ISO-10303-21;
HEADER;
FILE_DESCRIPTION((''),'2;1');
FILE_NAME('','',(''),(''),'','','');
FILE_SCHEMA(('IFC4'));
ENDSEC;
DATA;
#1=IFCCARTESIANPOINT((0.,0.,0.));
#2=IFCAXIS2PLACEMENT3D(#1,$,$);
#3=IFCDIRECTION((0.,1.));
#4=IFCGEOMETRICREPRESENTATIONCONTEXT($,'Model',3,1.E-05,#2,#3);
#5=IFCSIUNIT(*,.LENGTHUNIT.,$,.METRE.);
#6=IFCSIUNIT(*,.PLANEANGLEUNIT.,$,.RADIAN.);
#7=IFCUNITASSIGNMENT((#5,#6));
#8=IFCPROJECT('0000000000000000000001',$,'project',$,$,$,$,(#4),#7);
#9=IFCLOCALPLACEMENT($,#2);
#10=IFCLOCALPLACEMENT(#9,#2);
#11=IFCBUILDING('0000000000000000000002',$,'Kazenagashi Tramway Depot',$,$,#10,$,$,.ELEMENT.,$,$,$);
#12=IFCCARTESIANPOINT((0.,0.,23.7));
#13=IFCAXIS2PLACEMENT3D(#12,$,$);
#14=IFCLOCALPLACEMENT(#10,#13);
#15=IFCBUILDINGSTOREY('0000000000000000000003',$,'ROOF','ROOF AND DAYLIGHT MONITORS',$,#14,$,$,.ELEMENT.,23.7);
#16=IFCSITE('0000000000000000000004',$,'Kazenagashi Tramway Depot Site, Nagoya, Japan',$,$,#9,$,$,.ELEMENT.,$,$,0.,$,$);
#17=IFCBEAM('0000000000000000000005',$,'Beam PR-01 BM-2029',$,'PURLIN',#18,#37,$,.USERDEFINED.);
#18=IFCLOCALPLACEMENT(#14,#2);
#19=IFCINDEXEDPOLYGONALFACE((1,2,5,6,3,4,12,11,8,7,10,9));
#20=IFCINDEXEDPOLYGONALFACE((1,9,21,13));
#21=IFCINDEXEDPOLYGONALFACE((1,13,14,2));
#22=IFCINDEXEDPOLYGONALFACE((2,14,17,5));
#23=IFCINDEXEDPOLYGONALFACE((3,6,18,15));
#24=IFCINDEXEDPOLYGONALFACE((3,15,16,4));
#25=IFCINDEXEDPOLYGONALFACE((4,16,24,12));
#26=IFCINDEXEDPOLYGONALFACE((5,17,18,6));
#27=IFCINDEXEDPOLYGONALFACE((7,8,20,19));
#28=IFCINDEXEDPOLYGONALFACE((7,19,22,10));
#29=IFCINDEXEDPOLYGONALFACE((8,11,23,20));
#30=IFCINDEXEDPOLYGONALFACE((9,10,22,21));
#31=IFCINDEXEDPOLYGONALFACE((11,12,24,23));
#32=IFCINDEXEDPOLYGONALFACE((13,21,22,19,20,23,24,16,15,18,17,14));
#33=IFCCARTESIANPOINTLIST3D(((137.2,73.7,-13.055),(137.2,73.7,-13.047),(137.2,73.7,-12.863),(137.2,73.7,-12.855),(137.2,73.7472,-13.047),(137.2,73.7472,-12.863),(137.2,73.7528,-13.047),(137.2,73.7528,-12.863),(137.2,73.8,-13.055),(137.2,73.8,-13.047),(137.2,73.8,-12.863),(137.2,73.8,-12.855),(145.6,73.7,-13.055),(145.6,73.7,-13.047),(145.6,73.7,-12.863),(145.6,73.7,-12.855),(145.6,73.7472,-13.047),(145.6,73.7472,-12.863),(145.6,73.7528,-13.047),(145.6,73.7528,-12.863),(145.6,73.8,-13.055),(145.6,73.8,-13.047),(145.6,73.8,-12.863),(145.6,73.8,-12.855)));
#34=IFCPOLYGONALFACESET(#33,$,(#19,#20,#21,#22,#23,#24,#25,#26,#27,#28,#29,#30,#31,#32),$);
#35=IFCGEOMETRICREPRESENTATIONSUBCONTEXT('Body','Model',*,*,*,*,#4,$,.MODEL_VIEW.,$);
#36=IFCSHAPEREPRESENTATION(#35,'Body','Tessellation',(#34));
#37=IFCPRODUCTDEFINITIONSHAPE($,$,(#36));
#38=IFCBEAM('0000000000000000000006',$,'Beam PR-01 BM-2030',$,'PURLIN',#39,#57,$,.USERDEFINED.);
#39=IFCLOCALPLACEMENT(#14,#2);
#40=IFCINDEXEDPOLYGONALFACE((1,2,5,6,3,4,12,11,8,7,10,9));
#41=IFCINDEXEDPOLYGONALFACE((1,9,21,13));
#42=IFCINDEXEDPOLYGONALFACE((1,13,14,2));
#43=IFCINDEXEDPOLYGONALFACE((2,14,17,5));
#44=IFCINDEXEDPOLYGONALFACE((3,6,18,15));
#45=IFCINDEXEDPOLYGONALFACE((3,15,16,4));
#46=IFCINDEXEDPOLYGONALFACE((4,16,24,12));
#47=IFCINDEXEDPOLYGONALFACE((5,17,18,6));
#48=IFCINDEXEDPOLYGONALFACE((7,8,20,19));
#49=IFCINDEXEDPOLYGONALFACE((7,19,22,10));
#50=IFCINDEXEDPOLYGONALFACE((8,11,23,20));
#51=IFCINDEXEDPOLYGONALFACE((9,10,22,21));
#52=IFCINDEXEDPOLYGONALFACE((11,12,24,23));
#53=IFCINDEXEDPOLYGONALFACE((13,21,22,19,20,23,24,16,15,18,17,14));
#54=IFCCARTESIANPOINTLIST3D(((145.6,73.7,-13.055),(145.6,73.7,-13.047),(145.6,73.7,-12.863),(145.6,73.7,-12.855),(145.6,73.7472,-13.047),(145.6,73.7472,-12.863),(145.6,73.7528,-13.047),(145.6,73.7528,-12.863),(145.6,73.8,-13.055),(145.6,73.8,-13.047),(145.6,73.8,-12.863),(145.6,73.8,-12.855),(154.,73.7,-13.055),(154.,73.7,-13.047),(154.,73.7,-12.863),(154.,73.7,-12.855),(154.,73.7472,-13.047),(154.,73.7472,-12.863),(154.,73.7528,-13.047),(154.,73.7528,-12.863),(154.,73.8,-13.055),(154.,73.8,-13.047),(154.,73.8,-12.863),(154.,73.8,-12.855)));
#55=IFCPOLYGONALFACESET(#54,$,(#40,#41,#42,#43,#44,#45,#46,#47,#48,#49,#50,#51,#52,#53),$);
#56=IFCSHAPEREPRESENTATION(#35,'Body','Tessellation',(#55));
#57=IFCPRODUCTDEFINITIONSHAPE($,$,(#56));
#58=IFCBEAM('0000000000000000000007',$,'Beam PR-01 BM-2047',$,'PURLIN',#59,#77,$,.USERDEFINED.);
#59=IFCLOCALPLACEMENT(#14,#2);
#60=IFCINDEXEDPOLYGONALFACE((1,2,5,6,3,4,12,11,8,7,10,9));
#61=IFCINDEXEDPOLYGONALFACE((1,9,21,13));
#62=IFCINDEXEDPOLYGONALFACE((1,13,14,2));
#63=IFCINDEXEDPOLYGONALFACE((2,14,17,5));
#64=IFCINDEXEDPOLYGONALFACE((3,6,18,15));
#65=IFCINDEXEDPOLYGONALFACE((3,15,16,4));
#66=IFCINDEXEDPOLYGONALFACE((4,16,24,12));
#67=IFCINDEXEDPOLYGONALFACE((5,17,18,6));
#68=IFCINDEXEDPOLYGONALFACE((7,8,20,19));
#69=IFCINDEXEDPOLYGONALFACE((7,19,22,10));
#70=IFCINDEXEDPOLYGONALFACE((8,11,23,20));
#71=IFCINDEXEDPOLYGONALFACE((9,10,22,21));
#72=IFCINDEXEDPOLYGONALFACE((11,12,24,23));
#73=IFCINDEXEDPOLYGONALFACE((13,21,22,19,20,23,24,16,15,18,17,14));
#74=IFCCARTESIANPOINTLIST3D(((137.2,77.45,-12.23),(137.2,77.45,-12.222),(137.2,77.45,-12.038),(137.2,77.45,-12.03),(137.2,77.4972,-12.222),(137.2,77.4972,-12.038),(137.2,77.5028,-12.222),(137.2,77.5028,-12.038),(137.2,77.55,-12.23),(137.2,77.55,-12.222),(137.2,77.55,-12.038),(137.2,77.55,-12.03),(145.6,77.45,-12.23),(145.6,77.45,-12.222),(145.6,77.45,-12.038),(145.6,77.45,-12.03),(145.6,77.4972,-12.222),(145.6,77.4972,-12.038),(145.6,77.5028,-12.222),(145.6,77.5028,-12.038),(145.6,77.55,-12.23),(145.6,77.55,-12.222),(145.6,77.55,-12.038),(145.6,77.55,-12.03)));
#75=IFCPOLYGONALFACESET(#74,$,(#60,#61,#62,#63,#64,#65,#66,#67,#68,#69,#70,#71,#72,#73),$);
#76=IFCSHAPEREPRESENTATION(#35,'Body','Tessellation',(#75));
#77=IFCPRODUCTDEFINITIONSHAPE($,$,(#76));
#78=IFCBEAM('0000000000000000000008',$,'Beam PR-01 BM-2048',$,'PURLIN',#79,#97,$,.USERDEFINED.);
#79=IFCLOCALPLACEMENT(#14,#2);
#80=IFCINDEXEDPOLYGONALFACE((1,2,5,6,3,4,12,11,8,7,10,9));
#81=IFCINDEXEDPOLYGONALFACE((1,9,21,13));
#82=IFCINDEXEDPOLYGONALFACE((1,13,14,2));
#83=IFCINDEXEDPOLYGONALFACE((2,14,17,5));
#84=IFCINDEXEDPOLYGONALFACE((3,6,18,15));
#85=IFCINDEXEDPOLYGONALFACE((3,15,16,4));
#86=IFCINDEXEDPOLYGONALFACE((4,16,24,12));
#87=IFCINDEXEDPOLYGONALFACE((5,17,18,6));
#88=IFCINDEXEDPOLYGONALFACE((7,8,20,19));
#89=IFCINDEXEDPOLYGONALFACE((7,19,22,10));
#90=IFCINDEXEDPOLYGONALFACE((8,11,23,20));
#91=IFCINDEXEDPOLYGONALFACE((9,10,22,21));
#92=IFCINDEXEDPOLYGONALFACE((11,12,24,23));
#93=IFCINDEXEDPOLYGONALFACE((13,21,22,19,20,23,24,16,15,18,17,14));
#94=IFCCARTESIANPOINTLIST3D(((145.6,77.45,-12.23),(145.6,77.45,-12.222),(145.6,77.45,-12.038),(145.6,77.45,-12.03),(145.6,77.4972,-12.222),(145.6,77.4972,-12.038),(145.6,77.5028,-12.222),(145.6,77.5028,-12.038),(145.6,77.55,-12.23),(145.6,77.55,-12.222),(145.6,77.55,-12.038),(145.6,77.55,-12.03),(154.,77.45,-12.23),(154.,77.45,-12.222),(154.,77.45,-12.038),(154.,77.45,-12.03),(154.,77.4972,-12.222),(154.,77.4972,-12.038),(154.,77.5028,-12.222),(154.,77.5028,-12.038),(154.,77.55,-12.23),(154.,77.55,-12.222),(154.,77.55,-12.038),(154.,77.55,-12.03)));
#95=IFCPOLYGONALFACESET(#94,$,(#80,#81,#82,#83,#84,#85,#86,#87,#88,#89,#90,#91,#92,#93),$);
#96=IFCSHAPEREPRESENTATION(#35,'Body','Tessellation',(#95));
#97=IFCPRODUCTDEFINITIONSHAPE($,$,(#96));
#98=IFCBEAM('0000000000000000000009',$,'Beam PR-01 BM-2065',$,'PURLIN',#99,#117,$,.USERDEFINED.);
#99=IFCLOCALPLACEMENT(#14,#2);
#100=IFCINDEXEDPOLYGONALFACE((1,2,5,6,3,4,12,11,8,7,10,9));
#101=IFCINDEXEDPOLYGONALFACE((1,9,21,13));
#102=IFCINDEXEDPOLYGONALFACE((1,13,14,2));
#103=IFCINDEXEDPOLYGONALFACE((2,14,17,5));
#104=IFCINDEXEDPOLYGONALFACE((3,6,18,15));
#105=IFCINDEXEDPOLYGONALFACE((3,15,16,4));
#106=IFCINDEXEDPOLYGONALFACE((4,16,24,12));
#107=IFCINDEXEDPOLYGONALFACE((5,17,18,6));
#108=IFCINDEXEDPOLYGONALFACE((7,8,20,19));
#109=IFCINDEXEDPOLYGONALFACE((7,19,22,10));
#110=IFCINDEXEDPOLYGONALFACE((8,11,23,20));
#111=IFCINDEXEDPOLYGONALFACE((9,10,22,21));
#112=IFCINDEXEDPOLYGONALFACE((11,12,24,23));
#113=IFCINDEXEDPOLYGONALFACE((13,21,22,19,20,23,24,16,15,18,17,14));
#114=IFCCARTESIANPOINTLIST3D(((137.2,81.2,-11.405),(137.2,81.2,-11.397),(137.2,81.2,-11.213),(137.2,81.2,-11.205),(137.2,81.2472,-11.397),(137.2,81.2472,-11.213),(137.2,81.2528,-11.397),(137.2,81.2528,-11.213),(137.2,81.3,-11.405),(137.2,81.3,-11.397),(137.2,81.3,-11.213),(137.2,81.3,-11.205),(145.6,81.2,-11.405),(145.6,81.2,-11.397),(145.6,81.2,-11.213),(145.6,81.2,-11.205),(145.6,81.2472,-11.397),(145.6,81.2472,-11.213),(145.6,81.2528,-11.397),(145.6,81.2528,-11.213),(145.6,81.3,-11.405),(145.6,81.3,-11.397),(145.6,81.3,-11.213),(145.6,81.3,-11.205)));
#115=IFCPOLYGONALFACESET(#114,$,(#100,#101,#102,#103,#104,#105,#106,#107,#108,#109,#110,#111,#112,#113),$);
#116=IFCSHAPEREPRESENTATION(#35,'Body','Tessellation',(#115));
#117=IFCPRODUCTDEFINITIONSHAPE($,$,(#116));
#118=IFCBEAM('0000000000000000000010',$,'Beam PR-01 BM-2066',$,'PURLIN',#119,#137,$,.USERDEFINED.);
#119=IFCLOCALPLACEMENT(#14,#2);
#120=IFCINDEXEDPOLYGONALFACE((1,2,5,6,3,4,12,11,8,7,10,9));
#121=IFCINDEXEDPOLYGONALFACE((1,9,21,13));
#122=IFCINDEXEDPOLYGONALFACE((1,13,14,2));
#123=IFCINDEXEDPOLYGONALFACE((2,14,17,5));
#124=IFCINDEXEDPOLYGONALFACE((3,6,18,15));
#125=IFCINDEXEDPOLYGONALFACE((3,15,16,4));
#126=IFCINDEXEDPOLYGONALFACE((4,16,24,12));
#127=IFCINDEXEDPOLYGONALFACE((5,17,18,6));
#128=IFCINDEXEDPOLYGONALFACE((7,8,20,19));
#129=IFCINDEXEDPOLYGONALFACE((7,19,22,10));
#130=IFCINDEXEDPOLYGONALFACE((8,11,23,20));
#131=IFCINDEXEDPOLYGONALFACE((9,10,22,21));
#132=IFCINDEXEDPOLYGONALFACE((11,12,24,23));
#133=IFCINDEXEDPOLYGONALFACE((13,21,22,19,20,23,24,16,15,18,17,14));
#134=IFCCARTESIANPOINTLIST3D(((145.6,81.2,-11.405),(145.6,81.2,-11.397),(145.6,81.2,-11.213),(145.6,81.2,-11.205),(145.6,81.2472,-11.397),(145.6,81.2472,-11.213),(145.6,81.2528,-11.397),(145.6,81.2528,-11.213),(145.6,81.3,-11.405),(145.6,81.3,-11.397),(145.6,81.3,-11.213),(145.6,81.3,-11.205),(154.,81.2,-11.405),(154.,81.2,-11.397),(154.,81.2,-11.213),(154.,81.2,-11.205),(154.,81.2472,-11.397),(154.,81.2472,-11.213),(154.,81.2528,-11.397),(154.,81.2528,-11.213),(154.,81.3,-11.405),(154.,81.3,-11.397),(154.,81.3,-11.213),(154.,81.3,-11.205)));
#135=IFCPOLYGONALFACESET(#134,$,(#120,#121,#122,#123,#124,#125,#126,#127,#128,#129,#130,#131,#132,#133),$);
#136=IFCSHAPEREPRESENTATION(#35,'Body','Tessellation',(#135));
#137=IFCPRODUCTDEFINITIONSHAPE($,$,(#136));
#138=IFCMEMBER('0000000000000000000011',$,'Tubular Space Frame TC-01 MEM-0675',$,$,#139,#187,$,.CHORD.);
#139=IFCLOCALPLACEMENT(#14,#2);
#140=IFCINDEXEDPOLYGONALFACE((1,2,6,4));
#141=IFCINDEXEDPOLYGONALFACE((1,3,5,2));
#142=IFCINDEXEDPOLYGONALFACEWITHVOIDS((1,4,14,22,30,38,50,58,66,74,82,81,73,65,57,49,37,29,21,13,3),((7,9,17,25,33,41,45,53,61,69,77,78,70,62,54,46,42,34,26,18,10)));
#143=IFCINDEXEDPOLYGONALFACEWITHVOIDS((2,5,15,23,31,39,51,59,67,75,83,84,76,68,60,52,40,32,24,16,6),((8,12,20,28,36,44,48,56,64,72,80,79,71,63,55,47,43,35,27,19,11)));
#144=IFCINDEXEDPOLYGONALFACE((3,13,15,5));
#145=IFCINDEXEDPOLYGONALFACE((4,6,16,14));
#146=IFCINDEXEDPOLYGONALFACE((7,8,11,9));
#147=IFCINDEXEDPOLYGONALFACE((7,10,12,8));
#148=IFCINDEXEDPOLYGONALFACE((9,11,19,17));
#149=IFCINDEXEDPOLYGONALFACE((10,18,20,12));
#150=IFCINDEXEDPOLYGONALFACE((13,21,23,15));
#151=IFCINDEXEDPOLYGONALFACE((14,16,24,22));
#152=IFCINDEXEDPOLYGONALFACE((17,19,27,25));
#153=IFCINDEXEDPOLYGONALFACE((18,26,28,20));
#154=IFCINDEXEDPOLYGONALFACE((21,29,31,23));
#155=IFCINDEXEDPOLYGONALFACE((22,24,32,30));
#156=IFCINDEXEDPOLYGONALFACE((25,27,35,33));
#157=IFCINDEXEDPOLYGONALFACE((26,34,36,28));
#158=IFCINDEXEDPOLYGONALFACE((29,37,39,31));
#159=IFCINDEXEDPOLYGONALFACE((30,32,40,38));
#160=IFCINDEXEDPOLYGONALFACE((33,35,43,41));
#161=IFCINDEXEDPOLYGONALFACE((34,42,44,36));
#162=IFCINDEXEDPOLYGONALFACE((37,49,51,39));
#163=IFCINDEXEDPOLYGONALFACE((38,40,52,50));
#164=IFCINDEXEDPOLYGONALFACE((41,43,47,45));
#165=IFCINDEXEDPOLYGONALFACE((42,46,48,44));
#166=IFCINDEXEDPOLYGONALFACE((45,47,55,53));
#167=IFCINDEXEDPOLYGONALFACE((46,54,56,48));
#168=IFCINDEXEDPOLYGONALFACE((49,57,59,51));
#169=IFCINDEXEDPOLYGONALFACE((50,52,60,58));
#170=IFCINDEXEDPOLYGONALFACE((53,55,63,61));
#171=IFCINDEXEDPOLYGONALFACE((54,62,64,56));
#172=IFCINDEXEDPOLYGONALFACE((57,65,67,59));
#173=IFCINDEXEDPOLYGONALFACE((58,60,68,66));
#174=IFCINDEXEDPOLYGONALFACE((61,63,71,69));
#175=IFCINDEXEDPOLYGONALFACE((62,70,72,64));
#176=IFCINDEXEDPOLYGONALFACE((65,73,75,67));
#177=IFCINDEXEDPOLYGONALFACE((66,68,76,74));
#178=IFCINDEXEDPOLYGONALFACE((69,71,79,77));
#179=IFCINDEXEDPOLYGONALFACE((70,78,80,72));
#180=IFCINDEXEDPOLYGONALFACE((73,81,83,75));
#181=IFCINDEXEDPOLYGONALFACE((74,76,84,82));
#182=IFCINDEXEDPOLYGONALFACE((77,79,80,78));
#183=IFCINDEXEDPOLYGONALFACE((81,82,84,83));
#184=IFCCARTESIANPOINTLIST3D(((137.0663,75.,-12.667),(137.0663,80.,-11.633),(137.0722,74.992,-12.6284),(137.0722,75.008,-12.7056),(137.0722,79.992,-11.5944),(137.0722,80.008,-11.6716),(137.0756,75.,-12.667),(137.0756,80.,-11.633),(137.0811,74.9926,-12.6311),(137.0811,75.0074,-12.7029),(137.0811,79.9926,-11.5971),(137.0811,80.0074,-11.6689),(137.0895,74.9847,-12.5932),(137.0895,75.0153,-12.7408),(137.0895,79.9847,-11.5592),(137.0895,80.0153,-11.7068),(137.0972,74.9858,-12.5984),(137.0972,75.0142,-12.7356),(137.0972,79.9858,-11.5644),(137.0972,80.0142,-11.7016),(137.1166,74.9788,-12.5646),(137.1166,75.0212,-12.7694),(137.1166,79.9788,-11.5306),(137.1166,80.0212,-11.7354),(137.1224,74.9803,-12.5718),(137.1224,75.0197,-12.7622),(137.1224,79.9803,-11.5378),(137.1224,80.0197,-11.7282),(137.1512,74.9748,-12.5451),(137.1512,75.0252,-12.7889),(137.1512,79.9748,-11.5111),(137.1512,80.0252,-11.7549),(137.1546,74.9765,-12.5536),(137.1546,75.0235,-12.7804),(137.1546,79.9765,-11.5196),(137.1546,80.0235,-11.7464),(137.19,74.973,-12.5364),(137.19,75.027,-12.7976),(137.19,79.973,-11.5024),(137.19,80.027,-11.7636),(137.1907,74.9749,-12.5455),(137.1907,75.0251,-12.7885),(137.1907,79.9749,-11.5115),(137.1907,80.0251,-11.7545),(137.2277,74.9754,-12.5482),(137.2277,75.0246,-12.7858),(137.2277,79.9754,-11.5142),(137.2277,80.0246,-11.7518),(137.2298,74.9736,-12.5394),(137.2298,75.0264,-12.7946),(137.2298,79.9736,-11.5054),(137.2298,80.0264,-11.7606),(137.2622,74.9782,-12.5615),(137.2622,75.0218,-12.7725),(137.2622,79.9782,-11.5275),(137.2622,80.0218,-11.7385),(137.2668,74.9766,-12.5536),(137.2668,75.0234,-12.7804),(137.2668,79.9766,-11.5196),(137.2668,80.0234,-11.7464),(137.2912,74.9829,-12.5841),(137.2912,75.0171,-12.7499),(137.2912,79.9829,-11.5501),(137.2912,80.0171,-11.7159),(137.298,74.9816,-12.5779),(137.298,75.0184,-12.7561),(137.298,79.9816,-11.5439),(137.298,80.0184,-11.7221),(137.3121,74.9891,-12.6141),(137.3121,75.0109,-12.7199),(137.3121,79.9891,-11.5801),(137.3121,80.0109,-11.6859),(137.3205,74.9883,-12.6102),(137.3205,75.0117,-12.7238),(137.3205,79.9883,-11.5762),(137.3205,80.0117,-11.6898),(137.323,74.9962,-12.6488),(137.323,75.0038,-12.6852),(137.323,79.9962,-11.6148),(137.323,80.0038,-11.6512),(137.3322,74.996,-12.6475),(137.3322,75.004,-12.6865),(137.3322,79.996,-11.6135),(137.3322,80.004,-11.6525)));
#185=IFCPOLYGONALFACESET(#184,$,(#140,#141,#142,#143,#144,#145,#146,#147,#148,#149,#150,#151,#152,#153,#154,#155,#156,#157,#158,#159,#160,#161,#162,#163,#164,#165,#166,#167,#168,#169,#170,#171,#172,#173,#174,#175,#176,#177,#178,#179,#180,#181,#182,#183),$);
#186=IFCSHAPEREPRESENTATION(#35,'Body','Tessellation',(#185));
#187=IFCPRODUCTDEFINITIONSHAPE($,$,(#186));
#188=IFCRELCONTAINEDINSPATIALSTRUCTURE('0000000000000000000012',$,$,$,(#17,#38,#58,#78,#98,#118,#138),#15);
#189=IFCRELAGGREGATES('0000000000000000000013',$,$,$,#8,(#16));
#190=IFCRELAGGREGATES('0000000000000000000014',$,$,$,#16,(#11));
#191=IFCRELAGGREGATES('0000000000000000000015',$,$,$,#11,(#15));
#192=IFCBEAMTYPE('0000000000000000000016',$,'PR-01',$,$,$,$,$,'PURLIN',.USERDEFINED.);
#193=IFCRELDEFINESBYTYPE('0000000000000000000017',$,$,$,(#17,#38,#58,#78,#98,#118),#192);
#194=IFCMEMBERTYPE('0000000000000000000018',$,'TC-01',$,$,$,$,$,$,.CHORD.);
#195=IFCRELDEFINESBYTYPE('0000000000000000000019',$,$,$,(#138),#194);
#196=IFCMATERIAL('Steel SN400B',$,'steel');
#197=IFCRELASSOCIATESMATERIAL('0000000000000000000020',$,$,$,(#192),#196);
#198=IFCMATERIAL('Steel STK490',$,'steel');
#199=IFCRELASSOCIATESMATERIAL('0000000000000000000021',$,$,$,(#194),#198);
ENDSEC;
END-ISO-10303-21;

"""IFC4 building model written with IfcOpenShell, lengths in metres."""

from ifc_helpers import new_model, si_unit, direction, frame, origin, origin_2d, place, context, subcontext, project, spatial, hollow_circle, i_section, extrude, material, material_profile, profile_set, type_object, element, save


model = new_model("IFC4")

# Units and contexts
model_context = context("Model", 3, precision=1e-05, world=origin(), true_north=direction((0.0, 1.0)))
body_context = subcontext(model_context, "Body", "Model", "MODEL_VIEW")
ifc_project = project(units=[si_unit("LENGTHUNIT", "METRE"), si_unit("PLANEANGLEUNIT", "RADIAN")], contexts=[model_context])

# Site, building, storey
site_placement = place(None, origin())
site = spatial("IfcSite", under=ifc_project, at=site_placement, Name="Kazenagashi Tramway Depot Site, Nagoya, Japan", CompositionType="ELEMENT", RefElevation=0.0)
building_placement = place(site_placement, origin())
building = spatial("IfcBuilding", under=site, at=building_placement, Name="Kazenagashi Tramway Depot", CompositionType="ELEMENT")
storey_placement = place(building_placement, frame((0.0, 0.0, 23.7)))
storey = spatial("IfcBuildingStorey", under=building, at=storey_placement, Name="ROOF", Description="ROOF AND DAYLIGHT MONITORS", CompositionType="ELEMENT", Elevation=23.7)

# Beams
ifc_material_1 = material(Name="Steel SN400B", Category="steel")
ifc_material_profile_1 = material_profile(ifc_material_1, i_section(OverallWidth=0.1, OverallDepth=0.2, WebThickness=0.0055, FlangeThickness=0.008, at=origin_2d()), Name="H-200x100x5.5x8")
ifc_profile_set_1 = profile_set([ifc_material_profile_1], Name="Steel SN400B")
beam_type = type_object("IfcBeamType", Name="PR-01", ElementType="PURLIN", PredefinedType="USERDEFINED", material=ifc_profile_set_1)
for number, where, z_axis, x_axis, name in (
    (1, (137.2, 73.75, -12.955), (1.0, 0.0, 0.0), (0.0, 1.0, 0.0), "Beam PR-01 BM-2029"),
    (2, (145.6, 73.75, -12.955), (1.0, 0.0, 0.0), (0.0, 1.0, 0.0), "Beam PR-01 BM-2030"),
    (3, (137.2, 77.5, -12.13), (1.0, 0.0, 0.0), (0.0, 1.0, 0.0), "Beam PR-01 BM-2047"),
    (4, (145.6, 77.5, -12.13), (1.0, 0.0, 0.0), (0.0, 1.0, 0.0), "Beam PR-01 BM-2048"),
    (5, (137.2, 81.25, -11.305), (1.0, 0.0, 0.0), (0.0, 1.0, 0.0), "Beam PR-01 BM-2065"),
    (6, (145.6, 81.25, -11.305), (1.0, 0.0, 0.0), (0.0, 1.0, 0.0), "Beam PR-01 BM-2066"),
):
    element("IfcBeam", number, at=place(storey_placement, frame(where, z_axis=z_axis, x_axis=x_axis)), inside=storey, type_object=beam_type, Name=name, ObjectType="PURLIN", PredefinedType="USERDEFINED", context=body_context, shape_type="SweptSolid", body=[
        extrude(i_section(OverallWidth=0.1, OverallDepth=0.2, WebThickness=0.0055, FlangeThickness=0.008, at=origin_2d()), origin(), (0.0, 0.0, 1.0), 8.4),
    ])

# Member
ifc_material_2 = material(Name="Steel STK490", Category="steel")
ifc_material_profile_2 = material_profile(ifc_material_2, hollow_circle(Radius=0.1337, WallThickness=0.0093, at=origin_2d()), Name="CHS-267.4x9.3")
ifc_profile_set_2 = profile_set([ifc_material_profile_2], Name="Steel STK490")
member_type_1 = type_object("IfcMemberType", Name="TC-01", PredefinedType="CHORD", material=ifc_profile_set_2)
member_1_placement = place(storey_placement, frame((137.2, 75.0, -12.667), z_axis=(0.0, 0.979279, 0.202515), x_axis=(-1.0, 0.0, 0.0)))
element("IfcMember", 7, at=member_1_placement, inside=storey, type_object=member_type_1, Name="Tubular Space Frame TC-01 MEM-0675", PredefinedType="CHORD", context=body_context, shape_type="SweptSolid", body=[
    extrude(hollow_circle(Radius=0.1337, WallThickness=0.0093, at=origin_2d()), origin(), (0.0, 0.0, 1.0), 5.1058),
])

save(model, "model.ifc")
